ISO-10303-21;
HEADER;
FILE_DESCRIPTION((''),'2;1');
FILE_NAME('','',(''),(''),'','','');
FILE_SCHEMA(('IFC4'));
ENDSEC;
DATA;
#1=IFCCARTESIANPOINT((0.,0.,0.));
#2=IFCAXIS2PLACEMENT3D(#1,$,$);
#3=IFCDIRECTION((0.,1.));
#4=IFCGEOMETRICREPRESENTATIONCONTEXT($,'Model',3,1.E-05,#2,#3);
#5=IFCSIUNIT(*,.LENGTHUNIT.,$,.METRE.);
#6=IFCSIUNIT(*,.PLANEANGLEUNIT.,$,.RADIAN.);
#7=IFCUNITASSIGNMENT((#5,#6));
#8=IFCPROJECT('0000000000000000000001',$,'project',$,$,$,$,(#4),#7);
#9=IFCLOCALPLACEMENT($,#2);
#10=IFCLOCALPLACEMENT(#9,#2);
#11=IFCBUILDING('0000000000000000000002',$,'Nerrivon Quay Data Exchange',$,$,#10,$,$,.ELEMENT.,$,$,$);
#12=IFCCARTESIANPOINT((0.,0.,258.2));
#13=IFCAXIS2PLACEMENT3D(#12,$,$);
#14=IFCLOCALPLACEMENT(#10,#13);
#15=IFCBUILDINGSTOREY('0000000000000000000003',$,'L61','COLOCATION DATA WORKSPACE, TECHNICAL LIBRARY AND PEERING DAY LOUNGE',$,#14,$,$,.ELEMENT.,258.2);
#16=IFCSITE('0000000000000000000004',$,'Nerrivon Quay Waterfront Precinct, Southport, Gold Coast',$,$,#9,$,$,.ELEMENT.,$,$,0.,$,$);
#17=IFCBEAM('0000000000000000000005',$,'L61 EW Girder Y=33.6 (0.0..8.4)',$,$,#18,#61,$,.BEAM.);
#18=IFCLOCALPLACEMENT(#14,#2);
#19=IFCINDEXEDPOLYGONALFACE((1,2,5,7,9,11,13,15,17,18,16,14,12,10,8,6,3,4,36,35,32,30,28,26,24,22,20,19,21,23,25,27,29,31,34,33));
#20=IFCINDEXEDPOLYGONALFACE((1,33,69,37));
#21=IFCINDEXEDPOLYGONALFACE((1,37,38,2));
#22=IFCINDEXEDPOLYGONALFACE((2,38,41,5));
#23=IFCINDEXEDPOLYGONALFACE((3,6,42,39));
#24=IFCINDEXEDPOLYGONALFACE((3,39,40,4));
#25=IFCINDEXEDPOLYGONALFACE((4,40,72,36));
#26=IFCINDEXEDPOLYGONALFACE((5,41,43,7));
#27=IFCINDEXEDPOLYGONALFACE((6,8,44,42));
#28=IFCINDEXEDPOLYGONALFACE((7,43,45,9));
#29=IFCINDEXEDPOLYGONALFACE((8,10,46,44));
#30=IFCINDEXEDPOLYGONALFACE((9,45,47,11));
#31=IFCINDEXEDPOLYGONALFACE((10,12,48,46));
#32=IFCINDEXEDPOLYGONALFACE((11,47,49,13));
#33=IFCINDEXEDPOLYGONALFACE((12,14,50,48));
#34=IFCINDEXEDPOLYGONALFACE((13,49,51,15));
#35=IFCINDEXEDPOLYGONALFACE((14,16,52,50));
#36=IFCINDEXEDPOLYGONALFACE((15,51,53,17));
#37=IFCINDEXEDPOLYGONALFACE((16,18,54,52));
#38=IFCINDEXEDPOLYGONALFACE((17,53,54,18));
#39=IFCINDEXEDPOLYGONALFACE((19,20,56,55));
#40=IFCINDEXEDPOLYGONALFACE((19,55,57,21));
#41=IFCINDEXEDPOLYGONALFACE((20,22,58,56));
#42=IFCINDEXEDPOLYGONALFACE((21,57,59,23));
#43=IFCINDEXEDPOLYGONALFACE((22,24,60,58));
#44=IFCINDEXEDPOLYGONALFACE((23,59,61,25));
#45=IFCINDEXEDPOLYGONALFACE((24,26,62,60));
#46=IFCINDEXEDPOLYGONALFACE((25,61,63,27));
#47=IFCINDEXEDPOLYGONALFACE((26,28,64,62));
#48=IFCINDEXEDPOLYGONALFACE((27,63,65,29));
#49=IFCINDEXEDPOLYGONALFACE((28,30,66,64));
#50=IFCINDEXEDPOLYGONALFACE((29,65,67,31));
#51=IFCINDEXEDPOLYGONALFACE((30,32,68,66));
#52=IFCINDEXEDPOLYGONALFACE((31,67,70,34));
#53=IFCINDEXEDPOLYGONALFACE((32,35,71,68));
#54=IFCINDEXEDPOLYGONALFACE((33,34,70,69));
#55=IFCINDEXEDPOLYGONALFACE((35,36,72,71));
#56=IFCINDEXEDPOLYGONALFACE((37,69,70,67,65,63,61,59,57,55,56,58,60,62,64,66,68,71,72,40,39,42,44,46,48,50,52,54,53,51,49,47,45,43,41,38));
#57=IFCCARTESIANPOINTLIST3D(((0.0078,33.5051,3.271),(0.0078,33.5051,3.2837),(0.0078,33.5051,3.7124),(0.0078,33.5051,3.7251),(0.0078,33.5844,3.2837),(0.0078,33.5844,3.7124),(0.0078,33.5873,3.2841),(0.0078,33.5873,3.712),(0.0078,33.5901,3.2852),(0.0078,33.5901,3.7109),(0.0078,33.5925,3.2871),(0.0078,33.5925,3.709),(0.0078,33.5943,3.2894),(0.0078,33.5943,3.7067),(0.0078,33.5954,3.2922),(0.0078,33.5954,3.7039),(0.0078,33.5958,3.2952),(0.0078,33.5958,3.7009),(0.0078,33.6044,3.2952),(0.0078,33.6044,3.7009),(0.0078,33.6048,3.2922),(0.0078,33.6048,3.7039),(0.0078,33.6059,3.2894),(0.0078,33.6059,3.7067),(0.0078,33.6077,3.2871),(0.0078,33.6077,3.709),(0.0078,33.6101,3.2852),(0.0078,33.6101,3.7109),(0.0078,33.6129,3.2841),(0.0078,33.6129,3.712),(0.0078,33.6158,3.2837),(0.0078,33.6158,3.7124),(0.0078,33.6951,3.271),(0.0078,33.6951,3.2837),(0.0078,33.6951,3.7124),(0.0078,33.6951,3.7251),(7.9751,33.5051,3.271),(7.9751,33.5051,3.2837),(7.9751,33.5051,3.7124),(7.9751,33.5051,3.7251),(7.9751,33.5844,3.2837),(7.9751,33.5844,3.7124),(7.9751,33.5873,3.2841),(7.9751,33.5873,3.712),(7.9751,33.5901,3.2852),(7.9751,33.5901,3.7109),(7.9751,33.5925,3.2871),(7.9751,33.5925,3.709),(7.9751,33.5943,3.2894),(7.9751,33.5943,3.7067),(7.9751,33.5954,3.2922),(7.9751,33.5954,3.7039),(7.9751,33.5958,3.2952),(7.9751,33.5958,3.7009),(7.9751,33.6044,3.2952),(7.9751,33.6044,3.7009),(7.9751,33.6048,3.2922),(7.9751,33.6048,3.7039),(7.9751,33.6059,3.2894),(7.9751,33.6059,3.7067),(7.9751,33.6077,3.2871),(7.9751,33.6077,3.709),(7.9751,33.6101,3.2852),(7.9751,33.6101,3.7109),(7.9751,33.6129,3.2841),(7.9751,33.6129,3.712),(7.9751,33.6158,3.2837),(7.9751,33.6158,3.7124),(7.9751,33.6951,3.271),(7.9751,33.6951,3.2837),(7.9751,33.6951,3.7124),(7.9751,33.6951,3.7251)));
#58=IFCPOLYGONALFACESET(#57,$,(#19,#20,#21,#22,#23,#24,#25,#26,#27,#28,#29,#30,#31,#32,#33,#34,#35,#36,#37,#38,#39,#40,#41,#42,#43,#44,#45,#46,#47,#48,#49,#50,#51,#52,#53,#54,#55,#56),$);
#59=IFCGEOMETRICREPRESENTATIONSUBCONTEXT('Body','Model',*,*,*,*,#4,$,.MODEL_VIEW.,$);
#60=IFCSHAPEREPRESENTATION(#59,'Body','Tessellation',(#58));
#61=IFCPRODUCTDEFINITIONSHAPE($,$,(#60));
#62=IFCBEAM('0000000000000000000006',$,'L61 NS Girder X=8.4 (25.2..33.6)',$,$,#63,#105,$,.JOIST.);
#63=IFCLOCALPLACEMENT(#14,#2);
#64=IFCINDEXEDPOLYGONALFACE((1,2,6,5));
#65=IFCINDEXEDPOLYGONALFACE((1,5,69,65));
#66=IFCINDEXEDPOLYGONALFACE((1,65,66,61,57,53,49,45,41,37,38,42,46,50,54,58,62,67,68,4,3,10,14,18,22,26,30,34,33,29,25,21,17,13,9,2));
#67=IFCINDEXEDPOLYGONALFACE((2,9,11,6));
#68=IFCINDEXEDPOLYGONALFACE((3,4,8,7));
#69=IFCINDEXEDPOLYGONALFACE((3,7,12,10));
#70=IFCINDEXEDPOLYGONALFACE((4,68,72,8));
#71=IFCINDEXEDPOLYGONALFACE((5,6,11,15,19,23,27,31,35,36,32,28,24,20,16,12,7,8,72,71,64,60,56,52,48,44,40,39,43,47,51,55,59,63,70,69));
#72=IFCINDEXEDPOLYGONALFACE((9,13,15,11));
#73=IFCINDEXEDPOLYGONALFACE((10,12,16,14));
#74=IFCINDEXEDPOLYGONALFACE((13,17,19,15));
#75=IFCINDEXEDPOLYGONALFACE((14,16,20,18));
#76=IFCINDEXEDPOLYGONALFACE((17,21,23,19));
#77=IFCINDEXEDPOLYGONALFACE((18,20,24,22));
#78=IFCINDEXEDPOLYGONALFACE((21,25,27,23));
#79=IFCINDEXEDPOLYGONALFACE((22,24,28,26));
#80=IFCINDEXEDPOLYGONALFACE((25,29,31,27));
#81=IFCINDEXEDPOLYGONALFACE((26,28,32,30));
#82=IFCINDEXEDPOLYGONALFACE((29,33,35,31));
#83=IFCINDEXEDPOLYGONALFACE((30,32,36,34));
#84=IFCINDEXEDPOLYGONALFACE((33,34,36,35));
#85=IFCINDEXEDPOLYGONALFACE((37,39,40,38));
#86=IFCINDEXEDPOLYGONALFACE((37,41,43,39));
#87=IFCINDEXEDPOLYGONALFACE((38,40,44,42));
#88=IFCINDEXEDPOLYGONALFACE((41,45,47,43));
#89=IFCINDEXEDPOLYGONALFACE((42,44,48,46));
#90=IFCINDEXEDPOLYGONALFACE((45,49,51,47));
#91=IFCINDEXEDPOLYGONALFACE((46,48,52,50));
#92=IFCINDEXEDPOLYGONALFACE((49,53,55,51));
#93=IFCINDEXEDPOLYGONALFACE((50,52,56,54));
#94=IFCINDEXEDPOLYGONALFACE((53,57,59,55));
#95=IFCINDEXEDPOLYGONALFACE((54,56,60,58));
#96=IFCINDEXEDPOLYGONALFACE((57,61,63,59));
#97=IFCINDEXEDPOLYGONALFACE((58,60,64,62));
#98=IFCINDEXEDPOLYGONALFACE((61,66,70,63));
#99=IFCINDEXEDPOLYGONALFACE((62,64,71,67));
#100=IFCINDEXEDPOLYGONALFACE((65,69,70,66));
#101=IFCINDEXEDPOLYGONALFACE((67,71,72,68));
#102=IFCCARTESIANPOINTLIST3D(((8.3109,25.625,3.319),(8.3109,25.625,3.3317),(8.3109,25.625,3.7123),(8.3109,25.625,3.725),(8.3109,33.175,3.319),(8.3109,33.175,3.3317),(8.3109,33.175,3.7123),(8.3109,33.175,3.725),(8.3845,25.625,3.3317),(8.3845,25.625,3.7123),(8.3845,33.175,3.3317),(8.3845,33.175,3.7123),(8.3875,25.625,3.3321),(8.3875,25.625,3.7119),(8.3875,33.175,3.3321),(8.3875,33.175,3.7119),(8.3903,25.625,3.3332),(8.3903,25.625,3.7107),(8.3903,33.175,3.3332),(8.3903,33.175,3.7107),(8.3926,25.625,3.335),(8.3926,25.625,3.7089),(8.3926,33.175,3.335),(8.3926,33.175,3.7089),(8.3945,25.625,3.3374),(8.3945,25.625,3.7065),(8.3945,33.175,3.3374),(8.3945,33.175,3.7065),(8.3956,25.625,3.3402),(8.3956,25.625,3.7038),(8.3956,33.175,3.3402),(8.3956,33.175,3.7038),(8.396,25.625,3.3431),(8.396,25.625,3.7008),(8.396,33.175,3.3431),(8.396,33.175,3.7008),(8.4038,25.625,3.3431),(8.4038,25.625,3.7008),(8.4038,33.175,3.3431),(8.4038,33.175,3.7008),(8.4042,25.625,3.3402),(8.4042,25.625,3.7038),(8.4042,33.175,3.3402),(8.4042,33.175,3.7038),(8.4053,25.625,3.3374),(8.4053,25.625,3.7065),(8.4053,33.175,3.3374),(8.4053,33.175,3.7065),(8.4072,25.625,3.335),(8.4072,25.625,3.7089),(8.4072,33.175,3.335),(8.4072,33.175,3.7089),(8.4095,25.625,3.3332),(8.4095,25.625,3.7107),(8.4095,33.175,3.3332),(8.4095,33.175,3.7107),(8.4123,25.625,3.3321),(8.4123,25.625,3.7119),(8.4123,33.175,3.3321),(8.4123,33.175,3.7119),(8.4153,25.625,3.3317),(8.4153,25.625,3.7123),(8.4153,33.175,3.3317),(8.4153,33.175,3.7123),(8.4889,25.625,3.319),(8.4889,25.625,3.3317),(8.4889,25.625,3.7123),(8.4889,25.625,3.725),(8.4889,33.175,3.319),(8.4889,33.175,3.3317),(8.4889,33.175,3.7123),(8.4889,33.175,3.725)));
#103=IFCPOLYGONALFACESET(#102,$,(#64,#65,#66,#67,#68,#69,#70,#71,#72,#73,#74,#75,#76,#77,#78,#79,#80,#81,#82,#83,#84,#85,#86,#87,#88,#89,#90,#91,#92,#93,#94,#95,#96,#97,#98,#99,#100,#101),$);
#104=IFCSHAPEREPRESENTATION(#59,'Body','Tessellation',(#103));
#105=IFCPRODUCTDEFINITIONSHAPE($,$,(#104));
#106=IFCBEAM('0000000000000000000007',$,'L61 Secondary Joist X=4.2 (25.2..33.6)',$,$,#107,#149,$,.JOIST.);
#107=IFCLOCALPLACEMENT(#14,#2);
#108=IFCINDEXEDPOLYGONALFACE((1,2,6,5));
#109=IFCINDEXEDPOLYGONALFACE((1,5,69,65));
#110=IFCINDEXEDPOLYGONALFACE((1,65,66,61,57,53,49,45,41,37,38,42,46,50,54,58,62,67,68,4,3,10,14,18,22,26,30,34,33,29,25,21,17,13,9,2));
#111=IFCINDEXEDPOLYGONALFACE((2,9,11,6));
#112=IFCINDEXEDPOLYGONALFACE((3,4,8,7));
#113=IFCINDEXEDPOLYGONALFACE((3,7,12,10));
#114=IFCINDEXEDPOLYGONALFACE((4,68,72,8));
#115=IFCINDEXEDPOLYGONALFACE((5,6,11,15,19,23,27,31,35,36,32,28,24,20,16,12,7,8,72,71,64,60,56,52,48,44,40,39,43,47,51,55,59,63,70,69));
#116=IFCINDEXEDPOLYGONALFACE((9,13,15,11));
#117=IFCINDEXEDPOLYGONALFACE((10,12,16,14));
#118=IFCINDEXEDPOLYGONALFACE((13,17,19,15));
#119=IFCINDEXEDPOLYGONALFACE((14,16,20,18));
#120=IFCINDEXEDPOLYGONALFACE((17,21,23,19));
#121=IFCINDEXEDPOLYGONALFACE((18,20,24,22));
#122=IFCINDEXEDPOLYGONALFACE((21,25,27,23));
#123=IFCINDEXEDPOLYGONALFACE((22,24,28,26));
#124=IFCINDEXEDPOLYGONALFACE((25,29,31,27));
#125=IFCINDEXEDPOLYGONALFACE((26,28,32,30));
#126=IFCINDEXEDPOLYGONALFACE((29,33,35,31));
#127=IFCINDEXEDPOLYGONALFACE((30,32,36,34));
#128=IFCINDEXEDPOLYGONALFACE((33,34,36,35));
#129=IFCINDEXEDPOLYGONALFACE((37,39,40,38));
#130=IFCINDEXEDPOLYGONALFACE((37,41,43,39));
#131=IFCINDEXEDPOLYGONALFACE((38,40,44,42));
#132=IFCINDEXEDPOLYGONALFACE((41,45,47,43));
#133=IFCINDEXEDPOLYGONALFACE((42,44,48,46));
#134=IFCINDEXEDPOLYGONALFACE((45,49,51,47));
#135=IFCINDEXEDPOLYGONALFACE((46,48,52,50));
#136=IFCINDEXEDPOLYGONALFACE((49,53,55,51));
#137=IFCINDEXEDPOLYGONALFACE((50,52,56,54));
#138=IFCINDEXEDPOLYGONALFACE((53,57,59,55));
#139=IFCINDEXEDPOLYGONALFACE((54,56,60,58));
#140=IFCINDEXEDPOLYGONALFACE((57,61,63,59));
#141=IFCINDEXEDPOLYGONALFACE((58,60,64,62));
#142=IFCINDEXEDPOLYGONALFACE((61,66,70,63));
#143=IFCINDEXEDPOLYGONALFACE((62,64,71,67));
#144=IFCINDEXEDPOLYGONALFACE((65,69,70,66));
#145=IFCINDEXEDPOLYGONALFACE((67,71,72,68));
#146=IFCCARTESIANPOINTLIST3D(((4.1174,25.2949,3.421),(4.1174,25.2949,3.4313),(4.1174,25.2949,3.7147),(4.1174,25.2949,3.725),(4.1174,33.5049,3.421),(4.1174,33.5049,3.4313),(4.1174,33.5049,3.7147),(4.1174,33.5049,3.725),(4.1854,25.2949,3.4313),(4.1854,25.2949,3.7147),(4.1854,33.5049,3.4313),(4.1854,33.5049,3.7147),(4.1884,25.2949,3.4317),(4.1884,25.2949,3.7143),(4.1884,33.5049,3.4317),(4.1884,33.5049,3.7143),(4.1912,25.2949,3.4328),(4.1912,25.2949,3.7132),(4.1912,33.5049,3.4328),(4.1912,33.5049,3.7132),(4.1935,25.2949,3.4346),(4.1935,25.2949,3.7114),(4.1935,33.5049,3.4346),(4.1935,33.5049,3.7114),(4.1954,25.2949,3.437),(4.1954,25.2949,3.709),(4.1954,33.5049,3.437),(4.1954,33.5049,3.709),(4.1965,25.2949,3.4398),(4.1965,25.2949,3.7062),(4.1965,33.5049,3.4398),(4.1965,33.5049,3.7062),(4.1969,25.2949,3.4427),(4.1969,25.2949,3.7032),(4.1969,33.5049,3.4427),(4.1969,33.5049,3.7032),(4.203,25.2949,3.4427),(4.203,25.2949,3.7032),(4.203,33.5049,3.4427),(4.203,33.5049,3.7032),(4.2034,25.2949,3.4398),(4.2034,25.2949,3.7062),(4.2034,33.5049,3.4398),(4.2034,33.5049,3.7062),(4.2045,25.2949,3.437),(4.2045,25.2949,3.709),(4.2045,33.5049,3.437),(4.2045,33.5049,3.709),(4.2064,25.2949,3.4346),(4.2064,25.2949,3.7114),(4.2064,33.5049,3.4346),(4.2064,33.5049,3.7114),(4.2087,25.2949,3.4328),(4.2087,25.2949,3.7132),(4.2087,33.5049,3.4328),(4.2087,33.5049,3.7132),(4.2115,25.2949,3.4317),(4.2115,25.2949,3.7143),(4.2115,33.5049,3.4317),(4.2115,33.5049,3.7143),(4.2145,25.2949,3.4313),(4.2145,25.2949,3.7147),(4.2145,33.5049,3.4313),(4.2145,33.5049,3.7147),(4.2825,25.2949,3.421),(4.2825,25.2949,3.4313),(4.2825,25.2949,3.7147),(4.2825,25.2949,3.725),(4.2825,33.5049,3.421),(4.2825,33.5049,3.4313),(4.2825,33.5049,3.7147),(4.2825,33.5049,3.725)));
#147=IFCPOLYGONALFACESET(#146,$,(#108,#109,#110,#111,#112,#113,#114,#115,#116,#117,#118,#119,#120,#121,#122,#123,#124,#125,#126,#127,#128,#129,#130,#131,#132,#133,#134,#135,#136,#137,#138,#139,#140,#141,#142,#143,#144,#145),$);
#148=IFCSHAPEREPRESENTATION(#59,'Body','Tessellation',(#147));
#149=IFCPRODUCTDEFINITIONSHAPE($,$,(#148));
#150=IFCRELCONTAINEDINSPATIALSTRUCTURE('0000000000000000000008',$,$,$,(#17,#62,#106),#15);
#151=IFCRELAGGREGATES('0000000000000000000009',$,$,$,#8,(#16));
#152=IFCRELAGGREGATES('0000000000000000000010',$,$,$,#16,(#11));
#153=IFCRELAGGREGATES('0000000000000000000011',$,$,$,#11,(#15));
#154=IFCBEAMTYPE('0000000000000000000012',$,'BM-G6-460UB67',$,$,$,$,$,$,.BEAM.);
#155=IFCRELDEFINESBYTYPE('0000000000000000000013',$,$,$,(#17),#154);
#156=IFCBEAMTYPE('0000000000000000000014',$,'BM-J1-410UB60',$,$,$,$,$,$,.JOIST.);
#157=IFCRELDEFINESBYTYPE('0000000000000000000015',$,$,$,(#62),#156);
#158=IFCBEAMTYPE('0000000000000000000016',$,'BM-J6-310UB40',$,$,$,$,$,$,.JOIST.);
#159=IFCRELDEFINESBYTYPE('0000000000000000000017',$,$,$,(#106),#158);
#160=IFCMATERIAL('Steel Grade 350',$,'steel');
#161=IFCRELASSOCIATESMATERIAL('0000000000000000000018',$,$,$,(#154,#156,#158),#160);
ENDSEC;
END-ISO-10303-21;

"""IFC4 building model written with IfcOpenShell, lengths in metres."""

from ifc_helpers import new_model, si_unit, direction, frame, origin, origin_2d, place, context, subcontext, project, spatial, i_section, extrude, material, material_profile, profile_set, type_object, element, save


model = new_model("IFC4")

# Units and contexts
model_context = context("Model", 3, precision=1e-05, world=origin(), true_north=direction((0.0, 1.0)))
body_context = subcontext(model_context, "Body", "Model", "MODEL_VIEW")
ifc_project = project(units=[si_unit("LENGTHUNIT", "METRE"), si_unit("PLANEANGLEUNIT", "RADIAN")], contexts=[model_context])

# Site, building, storey
site_placement = place(None, origin())
site = spatial("IfcSite", under=ifc_project, at=site_placement, Name="Nerrivon Quay Waterfront Precinct, Southport, Gold Coast", CompositionType="ELEMENT", RefElevation=0.0)
building_placement = place(site_placement, origin())
building = spatial("IfcBuilding", under=site, at=building_placement, Name="Nerrivon Quay Data Exchange", CompositionType="ELEMENT")
storey_placement = place(building_placement, frame((0.0, 0.0, 258.2)))
storey = spatial("IfcBuildingStorey", under=building, at=storey_placement, Name="L61", Description="COLOCATION DATA WORKSPACE, TECHNICAL LIBRARY AND PEERING DAY LOUNGE", CompositionType="ELEMENT", Elevation=258.2)

# Shared definitions
ifc_material_1 = material(Name="Steel Grade 350", Category="steel")

# Beams
ifc_material_profile_1 = material_profile(ifc_material_1, i_section(OverallWidth=0.1899, OverallDepth=0.4541, WebThickness=0.0085, FlangeThickness=0.0127, FilletRadius=0.0115, at=origin_2d()), Name="460UB67.1")
ifc_profile_set_1 = profile_set([ifc_material_profile_1], Name="Steel Grade 350")
beam_type_1 = type_object("IfcBeamType", Name="BM-G6-460UB67", PredefinedType="BEAM", material=ifc_profile_set_1)
for number, where, z_axis, x_axis, name in (
    (1, (0.0078, 33.6001, 3.498), (1.0, 0.0, 0.0), (0.0, 1.0, 0.0), "L61 EW Girder Y=33.6 (0.0..8.4)"),
):
    element("IfcBeam", number, at=place(storey_placement, frame(where, z_axis=z_axis, x_axis=x_axis)), inside=storey, type_object=beam_type_1, Name=name, PredefinedType="BEAM", context=body_context, shape_type="SweptSolid", body=[
        extrude(i_section(OverallWidth=0.1899, OverallDepth=0.4541, WebThickness=0.0085, FlangeThickness=0.0127, FilletRadius=0.0115, at=origin_2d()), origin(), (0.0, 0.0, 1.0), 7.9673),
    ])
ifc_material_profile_2 = material_profile(ifc_material_1, i_section(OverallWidth=0.178, OverallDepth=0.406, WebThickness=0.0078, FlangeThickness=0.0127, FilletRadius=0.0115, at=origin_2d()), Name="410UB59.7")
ifc_profile_set_2 = profile_set([ifc_material_profile_2], Name="Steel Grade 350")
beam_type_2 = type_object("IfcBeamType", Name="BM-J1-410UB60", PredefinedType="JOIST", material=ifc_profile_set_2)
beam_1_placement = place(storey_placement, frame((8.3999, 25.625, 3.522), z_axis=(0.0, 1.0, 0.0), x_axis=(-1.0, 0.0, 0.0)))
element("IfcBeam", 2, at=beam_1_placement, inside=storey, type_object=beam_type_2, Name="L61 NS Girder X=8.4 (25.2..33.6)", PredefinedType="JOIST", context=body_context, shape_type="SweptSolid", body=[
    extrude(i_section(OverallWidth=0.178, OverallDepth=0.406, WebThickness=0.0078, FlangeThickness=0.0127, FilletRadius=0.0115, at=origin_2d()), origin(), (0.0, 0.0, 1.0), 7.55),
])
ifc_material_profile_3 = material_profile(ifc_material_1, i_section(OverallWidth=0.165, OverallDepth=0.304, WebThickness=0.0061, FlangeThickness=0.0103, FilletRadius=0.0115, at=origin_2d()), Name="310UB40.4")
ifc_profile_set_3 = profile_set([ifc_material_profile_3], Name="Steel Grade 350")
beam_type_3 = type_object("IfcBeamType", Name="BM-J6-310UB40", PredefinedType="JOIST", material=ifc_profile_set_3)
beam_2_placement = place(storey_placement, frame((4.2, 25.2949, 3.573), z_axis=(0.0, 1.0, 0.0), x_axis=(-1.0, 0.0, 0.0)))
element("IfcBeam", 3, at=beam_2_placement, inside=storey, type_object=beam_type_3, Name="L61 Secondary Joist X=4.2 (25.2..33.6)", PredefinedType="JOIST", context=body_context, shape_type="SweptSolid", body=[
    extrude(i_section(OverallWidth=0.165, OverallDepth=0.304, WebThickness=0.0061, FlangeThickness=0.0103, FilletRadius=0.0115, at=origin_2d()), origin(), (0.0, 0.0, 1.0), 8.21),
])

save(model, "model.ifc")
